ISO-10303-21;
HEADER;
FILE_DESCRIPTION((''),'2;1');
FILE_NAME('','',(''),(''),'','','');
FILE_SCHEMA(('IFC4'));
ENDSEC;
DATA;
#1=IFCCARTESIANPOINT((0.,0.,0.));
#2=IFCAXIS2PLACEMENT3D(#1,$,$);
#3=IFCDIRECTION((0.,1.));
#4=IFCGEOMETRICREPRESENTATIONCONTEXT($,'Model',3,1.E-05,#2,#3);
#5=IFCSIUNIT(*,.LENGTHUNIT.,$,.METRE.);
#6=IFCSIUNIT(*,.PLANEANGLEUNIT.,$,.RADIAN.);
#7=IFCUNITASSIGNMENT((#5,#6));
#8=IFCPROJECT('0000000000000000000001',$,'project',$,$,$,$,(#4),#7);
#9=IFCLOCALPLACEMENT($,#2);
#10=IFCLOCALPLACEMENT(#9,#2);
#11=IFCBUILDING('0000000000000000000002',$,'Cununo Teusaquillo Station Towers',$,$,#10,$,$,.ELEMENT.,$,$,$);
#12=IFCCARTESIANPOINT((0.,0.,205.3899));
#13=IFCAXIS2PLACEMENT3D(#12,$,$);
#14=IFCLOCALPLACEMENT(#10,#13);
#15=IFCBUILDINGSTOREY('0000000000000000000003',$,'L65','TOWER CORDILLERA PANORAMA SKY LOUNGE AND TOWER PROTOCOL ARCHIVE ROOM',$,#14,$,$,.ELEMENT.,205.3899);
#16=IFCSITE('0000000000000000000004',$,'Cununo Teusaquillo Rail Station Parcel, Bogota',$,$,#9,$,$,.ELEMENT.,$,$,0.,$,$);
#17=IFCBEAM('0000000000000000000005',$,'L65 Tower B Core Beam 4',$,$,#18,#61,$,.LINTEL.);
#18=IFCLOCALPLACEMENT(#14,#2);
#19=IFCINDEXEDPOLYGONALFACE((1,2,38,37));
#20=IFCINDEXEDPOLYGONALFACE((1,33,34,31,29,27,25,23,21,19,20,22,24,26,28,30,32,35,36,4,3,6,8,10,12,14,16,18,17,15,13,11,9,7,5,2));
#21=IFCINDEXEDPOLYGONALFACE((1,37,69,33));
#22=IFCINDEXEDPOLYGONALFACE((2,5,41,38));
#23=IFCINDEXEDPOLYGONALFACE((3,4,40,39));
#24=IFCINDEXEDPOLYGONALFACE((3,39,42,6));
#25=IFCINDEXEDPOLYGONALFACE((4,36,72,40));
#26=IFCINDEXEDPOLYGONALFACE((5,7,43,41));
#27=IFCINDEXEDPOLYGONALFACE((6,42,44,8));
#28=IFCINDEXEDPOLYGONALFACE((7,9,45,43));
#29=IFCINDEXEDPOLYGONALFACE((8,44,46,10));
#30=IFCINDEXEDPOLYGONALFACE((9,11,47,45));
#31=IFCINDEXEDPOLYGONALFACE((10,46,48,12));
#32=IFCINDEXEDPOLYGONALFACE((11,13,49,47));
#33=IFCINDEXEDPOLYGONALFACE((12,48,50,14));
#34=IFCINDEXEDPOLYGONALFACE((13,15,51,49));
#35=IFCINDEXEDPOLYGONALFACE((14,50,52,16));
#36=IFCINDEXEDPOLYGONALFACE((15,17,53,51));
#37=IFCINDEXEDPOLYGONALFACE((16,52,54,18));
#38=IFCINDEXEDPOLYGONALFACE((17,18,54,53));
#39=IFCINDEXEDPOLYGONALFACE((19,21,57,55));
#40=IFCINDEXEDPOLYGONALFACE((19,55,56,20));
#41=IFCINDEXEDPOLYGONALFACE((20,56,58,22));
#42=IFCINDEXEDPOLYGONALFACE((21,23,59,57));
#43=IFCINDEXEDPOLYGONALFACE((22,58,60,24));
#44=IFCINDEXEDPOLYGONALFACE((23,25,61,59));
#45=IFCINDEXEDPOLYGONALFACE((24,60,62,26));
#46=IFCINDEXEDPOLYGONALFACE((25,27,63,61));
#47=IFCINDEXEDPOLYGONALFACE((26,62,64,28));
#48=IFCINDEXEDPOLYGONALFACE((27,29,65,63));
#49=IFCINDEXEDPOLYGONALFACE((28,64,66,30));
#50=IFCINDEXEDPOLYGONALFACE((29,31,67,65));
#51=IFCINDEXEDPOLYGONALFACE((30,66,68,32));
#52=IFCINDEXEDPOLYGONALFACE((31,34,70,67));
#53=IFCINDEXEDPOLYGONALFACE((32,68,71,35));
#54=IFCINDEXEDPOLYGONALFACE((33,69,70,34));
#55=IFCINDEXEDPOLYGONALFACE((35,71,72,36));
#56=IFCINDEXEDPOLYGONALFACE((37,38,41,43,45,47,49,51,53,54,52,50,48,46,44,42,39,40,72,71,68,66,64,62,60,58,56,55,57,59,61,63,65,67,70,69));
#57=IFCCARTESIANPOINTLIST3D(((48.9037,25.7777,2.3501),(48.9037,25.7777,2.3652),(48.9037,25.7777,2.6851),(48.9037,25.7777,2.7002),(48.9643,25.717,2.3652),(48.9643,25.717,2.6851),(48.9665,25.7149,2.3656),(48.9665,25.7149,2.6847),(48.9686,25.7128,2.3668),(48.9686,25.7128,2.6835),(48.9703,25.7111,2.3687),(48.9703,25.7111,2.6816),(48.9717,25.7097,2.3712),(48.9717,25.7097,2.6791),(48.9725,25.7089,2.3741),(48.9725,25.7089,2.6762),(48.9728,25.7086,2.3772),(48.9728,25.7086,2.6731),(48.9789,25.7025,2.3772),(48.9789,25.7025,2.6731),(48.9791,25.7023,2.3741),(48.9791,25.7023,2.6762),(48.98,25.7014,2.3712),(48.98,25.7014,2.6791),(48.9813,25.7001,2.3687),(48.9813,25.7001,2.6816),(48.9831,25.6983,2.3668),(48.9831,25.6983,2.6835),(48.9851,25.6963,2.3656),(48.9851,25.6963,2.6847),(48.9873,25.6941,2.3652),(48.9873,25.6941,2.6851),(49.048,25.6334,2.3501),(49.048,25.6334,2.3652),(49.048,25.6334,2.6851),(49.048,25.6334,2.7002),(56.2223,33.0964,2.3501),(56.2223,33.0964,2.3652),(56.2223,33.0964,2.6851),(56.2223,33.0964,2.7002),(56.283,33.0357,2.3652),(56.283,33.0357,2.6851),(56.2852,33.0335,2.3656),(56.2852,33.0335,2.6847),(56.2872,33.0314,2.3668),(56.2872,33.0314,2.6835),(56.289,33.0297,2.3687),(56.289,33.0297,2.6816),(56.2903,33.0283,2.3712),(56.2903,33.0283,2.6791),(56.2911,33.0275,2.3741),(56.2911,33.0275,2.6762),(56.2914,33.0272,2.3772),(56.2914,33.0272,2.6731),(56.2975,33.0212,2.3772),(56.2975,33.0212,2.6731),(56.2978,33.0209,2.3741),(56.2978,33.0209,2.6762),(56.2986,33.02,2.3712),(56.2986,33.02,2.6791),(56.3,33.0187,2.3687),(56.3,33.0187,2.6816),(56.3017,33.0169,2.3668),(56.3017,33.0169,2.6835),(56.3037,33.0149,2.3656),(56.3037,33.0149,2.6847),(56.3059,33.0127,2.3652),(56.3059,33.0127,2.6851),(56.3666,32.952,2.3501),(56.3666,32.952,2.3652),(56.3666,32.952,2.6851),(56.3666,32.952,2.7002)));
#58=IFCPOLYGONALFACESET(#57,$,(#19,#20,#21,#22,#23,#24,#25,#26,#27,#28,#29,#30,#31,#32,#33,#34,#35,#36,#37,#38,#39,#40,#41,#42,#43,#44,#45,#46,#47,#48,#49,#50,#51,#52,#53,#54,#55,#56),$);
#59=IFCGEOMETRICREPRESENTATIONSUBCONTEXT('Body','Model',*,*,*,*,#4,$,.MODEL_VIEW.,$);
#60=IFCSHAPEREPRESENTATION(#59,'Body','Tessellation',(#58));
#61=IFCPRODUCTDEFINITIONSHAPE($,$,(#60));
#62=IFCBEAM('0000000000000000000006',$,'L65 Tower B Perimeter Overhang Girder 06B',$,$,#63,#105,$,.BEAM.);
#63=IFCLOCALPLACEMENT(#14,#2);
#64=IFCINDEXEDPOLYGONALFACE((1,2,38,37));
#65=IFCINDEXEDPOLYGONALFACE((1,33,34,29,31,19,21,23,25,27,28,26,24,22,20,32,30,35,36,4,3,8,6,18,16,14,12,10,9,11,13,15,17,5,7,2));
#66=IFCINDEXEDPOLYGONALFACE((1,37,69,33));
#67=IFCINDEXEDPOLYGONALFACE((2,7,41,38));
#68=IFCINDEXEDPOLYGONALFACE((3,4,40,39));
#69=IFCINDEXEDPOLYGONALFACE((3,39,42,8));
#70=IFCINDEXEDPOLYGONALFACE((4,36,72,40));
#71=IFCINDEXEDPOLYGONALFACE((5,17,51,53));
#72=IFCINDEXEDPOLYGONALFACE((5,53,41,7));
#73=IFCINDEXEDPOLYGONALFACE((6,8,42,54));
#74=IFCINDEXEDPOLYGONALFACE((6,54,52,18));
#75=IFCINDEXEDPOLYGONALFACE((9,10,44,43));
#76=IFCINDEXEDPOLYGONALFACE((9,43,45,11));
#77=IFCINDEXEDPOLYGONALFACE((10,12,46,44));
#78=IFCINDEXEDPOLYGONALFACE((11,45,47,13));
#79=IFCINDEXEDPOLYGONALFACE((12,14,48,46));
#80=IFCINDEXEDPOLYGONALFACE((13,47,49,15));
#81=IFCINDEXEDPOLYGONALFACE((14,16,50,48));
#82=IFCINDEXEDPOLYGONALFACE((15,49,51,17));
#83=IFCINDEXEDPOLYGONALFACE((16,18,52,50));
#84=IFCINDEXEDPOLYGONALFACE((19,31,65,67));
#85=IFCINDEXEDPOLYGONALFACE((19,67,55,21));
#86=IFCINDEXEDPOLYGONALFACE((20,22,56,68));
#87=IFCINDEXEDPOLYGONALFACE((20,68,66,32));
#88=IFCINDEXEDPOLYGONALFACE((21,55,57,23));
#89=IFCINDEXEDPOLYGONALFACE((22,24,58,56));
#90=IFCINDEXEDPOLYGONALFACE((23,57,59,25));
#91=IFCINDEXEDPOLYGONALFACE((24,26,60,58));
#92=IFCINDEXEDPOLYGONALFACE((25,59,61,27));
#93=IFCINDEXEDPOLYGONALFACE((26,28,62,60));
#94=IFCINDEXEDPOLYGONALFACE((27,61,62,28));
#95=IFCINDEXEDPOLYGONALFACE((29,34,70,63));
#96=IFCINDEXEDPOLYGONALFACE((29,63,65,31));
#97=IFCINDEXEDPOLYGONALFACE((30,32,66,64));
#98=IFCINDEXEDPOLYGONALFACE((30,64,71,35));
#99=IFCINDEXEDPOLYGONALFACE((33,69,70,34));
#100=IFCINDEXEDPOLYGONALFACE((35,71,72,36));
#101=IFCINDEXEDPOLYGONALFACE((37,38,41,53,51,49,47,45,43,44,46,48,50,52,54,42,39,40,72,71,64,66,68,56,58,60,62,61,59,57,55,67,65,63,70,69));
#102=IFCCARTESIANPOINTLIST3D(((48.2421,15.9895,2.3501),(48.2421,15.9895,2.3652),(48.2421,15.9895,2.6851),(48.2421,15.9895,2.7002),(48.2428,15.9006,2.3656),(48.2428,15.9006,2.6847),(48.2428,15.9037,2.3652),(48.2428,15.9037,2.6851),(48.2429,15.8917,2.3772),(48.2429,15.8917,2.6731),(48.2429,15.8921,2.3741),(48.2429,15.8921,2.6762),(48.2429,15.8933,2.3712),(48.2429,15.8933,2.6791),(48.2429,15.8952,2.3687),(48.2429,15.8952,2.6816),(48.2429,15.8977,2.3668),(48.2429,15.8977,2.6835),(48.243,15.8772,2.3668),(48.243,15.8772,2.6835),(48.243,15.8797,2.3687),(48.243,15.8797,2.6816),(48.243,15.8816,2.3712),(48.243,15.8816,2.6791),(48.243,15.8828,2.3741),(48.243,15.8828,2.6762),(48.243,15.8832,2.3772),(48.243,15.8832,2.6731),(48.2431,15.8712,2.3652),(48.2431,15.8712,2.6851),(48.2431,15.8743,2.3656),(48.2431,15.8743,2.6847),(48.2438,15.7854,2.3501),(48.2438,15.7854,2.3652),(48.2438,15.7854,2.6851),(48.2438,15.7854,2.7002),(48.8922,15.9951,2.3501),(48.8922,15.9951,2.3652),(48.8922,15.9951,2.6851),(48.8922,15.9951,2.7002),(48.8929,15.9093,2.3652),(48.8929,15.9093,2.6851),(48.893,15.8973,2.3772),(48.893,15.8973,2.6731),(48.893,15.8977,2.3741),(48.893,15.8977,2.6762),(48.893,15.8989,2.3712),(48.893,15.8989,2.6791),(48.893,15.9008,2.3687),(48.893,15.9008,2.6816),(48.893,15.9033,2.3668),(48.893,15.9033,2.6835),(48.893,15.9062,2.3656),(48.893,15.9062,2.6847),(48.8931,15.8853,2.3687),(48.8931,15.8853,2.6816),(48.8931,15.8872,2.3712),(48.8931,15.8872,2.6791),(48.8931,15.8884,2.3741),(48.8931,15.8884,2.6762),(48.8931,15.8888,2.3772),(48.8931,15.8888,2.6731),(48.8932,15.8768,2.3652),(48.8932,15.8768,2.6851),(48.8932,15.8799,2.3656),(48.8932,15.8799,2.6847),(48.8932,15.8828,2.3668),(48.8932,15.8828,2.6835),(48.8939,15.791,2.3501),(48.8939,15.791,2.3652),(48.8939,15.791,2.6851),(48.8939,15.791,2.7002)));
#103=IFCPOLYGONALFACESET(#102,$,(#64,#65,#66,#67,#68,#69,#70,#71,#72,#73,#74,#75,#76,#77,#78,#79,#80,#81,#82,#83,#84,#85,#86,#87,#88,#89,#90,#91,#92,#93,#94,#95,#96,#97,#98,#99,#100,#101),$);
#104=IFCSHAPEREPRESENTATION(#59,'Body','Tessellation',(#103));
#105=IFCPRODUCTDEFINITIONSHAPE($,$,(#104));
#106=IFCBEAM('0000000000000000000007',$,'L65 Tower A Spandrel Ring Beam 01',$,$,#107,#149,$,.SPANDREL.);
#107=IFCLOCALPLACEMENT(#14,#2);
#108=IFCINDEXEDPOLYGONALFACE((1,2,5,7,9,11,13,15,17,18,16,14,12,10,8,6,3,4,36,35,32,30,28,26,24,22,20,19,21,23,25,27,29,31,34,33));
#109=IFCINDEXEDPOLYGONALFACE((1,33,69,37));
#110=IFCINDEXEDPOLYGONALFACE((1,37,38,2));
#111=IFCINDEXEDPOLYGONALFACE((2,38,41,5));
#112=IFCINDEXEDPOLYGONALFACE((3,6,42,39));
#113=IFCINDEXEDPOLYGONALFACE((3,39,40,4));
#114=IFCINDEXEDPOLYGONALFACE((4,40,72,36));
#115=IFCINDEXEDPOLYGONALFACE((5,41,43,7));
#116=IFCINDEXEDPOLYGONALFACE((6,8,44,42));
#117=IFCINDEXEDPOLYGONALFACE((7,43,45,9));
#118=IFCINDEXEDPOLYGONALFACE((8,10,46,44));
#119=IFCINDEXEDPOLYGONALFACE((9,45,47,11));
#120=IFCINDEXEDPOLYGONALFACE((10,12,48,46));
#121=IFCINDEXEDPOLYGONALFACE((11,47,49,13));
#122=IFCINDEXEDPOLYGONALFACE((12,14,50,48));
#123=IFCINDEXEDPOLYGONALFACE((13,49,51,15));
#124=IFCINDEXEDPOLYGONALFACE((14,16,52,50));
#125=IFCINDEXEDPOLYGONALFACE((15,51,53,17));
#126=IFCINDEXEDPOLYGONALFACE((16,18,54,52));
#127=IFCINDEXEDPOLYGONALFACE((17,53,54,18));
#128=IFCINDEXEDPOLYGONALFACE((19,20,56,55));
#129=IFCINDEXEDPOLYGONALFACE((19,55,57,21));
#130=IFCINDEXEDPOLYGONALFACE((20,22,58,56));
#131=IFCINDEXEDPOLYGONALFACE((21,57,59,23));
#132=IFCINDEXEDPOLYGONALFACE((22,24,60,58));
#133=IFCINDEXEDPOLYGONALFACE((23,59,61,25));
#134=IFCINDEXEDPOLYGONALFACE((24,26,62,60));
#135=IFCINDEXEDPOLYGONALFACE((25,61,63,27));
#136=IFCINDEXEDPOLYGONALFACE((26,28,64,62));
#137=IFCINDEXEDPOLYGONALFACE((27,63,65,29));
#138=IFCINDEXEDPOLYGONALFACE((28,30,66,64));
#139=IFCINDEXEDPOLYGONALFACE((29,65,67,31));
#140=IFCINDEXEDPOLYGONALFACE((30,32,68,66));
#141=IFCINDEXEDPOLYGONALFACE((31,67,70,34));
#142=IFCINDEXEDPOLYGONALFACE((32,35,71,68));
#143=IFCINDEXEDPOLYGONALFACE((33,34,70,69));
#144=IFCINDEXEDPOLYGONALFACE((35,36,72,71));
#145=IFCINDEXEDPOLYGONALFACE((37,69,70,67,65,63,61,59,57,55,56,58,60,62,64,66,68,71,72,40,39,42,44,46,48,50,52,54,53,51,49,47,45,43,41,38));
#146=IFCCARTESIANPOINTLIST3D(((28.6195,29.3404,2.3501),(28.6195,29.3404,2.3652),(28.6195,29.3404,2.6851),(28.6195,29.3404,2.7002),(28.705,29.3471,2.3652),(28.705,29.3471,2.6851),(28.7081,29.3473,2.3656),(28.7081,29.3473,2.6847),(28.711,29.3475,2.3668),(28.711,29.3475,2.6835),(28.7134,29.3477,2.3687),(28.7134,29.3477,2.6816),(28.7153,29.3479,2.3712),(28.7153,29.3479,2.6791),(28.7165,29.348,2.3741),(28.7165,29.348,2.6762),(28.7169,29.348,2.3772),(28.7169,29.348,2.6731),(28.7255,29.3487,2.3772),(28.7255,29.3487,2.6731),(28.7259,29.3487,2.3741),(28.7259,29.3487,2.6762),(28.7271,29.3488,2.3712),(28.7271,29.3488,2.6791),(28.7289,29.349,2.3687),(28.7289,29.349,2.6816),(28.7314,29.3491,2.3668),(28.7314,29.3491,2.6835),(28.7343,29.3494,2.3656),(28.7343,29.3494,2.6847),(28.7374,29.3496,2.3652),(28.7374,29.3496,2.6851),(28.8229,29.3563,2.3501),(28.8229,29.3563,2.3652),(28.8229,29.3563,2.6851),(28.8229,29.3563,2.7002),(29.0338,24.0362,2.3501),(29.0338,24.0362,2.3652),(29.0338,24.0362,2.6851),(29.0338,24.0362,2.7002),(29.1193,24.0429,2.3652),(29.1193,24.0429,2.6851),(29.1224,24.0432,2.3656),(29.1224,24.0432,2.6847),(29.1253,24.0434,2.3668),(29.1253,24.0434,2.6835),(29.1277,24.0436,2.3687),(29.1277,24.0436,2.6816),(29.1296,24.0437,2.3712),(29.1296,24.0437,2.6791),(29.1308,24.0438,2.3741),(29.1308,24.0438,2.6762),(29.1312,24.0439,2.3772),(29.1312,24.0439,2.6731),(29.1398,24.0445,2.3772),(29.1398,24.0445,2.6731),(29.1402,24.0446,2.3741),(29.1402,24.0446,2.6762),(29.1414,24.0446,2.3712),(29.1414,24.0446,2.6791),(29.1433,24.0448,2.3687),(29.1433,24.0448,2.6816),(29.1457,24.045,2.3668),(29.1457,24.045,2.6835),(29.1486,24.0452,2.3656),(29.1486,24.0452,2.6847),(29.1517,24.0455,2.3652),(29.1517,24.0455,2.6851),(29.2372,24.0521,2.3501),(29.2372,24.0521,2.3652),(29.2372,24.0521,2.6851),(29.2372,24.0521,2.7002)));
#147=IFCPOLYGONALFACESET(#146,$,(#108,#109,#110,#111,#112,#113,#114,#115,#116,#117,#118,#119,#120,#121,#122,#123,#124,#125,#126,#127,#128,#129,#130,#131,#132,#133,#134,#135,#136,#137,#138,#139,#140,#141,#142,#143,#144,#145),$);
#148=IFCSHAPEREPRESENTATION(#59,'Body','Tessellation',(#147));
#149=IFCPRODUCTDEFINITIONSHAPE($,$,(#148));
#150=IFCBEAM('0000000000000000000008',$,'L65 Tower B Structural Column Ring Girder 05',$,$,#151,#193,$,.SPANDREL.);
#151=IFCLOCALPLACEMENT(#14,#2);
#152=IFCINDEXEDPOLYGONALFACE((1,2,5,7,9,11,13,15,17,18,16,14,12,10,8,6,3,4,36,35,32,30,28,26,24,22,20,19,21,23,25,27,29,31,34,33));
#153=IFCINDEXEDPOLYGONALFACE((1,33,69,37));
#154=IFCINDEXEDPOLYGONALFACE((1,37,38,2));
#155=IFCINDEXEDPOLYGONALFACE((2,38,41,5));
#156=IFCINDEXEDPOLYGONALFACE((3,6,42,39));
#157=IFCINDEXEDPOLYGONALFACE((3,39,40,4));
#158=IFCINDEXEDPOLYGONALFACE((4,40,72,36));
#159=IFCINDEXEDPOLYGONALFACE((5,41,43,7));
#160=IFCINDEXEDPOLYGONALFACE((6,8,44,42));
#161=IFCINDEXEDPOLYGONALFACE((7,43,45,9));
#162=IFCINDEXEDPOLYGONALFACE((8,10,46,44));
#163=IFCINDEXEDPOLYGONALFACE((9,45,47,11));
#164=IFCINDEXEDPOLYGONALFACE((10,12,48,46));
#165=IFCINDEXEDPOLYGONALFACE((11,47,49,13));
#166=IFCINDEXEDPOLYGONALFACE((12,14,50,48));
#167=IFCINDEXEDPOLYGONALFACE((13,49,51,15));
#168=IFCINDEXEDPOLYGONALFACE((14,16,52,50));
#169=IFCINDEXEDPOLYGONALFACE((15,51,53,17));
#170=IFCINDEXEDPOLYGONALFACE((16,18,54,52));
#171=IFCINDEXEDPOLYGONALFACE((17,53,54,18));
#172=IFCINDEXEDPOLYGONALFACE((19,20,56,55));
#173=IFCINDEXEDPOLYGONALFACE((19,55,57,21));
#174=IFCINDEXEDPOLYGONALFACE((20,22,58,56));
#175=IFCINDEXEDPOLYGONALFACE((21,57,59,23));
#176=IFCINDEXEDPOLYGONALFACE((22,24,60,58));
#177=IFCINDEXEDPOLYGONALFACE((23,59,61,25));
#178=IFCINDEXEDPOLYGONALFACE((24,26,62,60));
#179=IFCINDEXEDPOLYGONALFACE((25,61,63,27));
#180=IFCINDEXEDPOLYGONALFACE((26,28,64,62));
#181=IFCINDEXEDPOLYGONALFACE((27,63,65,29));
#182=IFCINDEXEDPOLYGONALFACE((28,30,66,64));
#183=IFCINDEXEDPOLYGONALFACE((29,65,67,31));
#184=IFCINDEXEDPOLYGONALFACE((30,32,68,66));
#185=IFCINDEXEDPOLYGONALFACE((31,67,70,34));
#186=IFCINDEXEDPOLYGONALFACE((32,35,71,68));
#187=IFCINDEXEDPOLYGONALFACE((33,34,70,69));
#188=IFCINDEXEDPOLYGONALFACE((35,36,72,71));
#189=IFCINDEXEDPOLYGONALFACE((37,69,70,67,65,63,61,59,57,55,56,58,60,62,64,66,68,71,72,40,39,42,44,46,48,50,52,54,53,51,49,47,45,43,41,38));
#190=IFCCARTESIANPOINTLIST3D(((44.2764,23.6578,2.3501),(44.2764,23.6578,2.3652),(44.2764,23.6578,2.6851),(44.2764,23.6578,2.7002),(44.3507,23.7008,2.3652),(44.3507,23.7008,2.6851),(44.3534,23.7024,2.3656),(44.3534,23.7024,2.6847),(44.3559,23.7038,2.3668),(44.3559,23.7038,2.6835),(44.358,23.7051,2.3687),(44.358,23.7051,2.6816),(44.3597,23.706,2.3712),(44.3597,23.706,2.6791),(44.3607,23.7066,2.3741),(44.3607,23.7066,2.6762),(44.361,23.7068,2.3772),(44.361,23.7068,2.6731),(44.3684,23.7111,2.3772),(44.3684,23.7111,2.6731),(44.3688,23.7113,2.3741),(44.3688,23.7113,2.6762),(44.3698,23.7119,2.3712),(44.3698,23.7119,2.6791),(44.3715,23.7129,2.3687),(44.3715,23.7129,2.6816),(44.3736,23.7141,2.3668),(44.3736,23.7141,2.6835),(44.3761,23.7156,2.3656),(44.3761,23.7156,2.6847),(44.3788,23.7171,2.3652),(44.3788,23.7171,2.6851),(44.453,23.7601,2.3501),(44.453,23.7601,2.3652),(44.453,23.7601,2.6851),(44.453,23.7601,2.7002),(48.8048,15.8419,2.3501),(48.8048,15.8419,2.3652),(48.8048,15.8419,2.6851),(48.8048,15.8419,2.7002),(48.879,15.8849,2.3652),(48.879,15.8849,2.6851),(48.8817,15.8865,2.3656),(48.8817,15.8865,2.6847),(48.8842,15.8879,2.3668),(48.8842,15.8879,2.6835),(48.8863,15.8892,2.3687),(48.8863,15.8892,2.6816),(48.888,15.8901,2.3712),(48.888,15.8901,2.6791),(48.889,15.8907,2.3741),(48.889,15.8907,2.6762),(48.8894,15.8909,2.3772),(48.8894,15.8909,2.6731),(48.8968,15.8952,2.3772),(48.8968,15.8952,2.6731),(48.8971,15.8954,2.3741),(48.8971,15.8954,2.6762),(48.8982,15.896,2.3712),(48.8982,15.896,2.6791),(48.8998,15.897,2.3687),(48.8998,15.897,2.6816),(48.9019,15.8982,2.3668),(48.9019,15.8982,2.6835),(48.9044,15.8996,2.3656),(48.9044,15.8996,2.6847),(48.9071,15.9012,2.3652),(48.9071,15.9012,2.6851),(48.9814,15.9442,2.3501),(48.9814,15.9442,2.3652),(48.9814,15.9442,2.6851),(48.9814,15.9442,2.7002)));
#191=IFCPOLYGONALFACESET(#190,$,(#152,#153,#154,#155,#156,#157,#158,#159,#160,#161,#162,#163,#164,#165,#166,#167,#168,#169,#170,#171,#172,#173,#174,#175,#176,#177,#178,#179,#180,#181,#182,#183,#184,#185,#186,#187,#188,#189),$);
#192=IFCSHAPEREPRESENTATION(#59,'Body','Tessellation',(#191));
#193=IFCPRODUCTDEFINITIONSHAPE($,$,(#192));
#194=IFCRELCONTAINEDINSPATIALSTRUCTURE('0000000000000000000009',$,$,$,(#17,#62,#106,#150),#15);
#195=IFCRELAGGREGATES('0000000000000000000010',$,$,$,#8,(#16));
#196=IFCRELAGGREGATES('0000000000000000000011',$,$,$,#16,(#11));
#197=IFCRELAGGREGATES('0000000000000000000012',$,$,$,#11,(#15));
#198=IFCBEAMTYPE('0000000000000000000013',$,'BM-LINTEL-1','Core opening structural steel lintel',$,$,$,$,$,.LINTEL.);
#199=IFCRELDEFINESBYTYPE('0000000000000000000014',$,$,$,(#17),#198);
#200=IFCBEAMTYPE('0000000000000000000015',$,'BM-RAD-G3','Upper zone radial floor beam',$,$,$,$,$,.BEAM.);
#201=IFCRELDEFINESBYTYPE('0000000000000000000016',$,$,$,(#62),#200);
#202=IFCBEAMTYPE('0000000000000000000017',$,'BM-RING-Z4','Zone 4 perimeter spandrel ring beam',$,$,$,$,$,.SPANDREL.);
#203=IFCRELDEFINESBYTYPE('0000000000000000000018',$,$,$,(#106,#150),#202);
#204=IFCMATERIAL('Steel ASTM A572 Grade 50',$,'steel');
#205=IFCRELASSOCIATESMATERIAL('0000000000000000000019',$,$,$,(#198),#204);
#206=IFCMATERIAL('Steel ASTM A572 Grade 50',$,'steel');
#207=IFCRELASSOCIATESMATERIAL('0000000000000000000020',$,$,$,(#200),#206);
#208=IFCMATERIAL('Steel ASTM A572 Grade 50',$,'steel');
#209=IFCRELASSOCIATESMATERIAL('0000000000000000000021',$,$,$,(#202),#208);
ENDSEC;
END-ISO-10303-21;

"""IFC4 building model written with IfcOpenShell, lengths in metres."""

from ifc_helpers import new_model, si_unit, direction, frame, origin, origin_2d, place, context, subcontext, project, spatial, i_section, extrude, material, material_profile, profile_set, type_object, element, save


model = new_model("IFC4")

# Units and contexts
model_context = context("Model", 3, precision=1e-05, world=origin(), true_north=direction((0.0, 1.0)))
body_context = subcontext(model_context, "Body", "Model", "MODEL_VIEW")
ifc_project = project(units=[si_unit("LENGTHUNIT", "METRE"), si_unit("PLANEANGLEUNIT", "RADIAN")], contexts=[model_context])

# Site, building, storey
site_placement = place(None, origin())
site = spatial("IfcSite", under=ifc_project, at=site_placement, Name="Cununo Teusaquillo Rail Station Parcel, Bogota", CompositionType="ELEMENT", RefElevation=0.0)
building_placement = place(site_placement, origin())
building = spatial("IfcBuilding", under=site, at=building_placement, Name="Cununo Teusaquillo Station Towers", CompositionType="ELEMENT")
storey_placement = place(building_placement, frame((0.0, 0.0, 205.3899)))
storey = spatial("IfcBuildingStorey", under=building, at=storey_placement, Name="L65", Description="TOWER CORDILLERA PANORAMA SKY LOUNGE AND TOWER PROTOCOL ARCHIVE ROOM", CompositionType="ELEMENT", Elevation=205.3899)

# Beams
ifc_material_1 = material(Name="Steel ASTM A572 Grade 50", Category="steel")
ifc_material_profile_1 = material_profile(ifc_material_1, i_section(OverallWidth=0.2041, OverallDepth=0.3501, WebThickness=0.0085, FlangeThickness=0.0151, FilletRadius=0.012, at=origin_2d()), Name="W14X48")
ifc_profile_set_1 = profile_set([ifc_material_profile_1], Name="Steel ASTM A572 Grade 50")
beam_type_1 = type_object("IfcBeamType", Name="BM-LINTEL-1", Description="Core opening structural steel lintel", PredefinedType="LINTEL", material=ifc_profile_set_1)
beam_1_placement = place(storey_placement, frame((48.9758, 25.7056, 2.5251), z_axis=(0.707107, 0.707107, 0.0), x_axis=(-0.707107, 0.707107, 0.0)))
element("IfcBeam", 1, at=beam_1_placement, inside=storey, type_object=beam_type_1, Name="L65 Tower B Core Beam 4", PredefinedType="LINTEL", context=body_context, shape_type="SweptSolid", body=[
    extrude(i_section(OverallWidth=0.2041, OverallDepth=0.3501, WebThickness=0.0085, FlangeThickness=0.0151, FilletRadius=0.012, at=origin_2d()), origin(), (0.0, 0.0, 1.0), 10.3501),
])
ifc_material_2 = material(Name="Steel ASTM A572 Grade 50", Category="steel")
ifc_material_profile_2 = material_profile(ifc_material_2, i_section(OverallWidth=0.2041, OverallDepth=0.3501, WebThickness=0.0085, FlangeThickness=0.0151, FilletRadius=0.012, at=origin_2d()), Name="W14X48")
ifc_profile_set_2 = profile_set([ifc_material_profile_2], Name="Steel ASTM A572 Grade 50")
beam_type_2 = type_object("IfcBeamType", Name="BM-RAD-G3", Description="Upper zone radial floor beam", PredefinedType="BEAM", material=ifc_profile_set_2)
beam_2_placement = place(storey_placement, frame((48.8931, 15.8931, 2.5251), z_axis=(-0.999963, -0.008637, 0.0), x_axis=(0.008637, -0.999963, 0.0)))
element("IfcBeam", 2, at=beam_2_placement, inside=storey, type_object=beam_type_2, Name="L65 Tower B Perimeter Overhang Girder 06B", PredefinedType="BEAM", context=body_context, shape_type="SweptSolid", body=[
    extrude(i_section(OverallWidth=0.2041, OverallDepth=0.3501, WebThickness=0.0085, FlangeThickness=0.0151, FilletRadius=0.012, at=origin_2d()), origin(), (0.0, 0.0, 1.0), 0.6501),
])
ifc_material_3 = material(Name="Steel ASTM A572 Grade 50", Category="steel")
ifc_material_profile_3 = material_profile(ifc_material_3, i_section(OverallWidth=0.2041, OverallDepth=0.3501, WebThickness=0.0085, FlangeThickness=0.0151, FilletRadius=0.012, at=origin_2d()), Name="W14X48")
ifc_profile_set_3 = profile_set([ifc_material_profile_3], Name="Steel ASTM A572 Grade 50")
beam_type_3 = type_object("IfcBeamType", Name="BM-RING-Z4", Description="Zone 4 perimeter spandrel ring beam", PredefinedType="SPANDREL", material=ifc_profile_set_3)
beam_3_placement = place(storey_placement, frame((29.1355, 24.0442, 2.5251), z_axis=(-0.077872, 0.996963, 0.0), x_axis=(-0.996963, -0.077872, 0.0)))
element("IfcBeam", 3, at=beam_3_placement, inside=storey, type_object=beam_type_3, Name="L65 Tower A Spandrel Ring Beam 01", PredefinedType="SPANDREL", context=body_context, shape_type="SweptSolid", body=[
    extrude(i_section(OverallWidth=0.2041, OverallDepth=0.3501, WebThickness=0.0085, FlangeThickness=0.0151, FilletRadius=0.012, at=origin_2d()), origin(), (0.0, 0.0, 1.0), 5.3203),
])
for number, where, z_axis, x_axis, name in (
    (4, (44.3647, 23.709, 2.5251), (0.501311, -0.865267, 0.0), (0.865267, 0.501311, 0.0), "L65 Tower B Structural Column Ring Girder 05"),
):
    element("IfcBeam", number, at=place(storey_placement, frame(where, z_axis=z_axis, x_axis=x_axis)), inside=storey, type_object=beam_type_3, Name=name, PredefinedType="SPANDREL", context=body_context, shape_type="SweptSolid", body=[
        extrude(i_section(OverallWidth=0.2041, OverallDepth=0.3501, WebThickness=0.0085, FlangeThickness=0.0151, FilletRadius=0.012, at=origin_2d()), origin(), (0.0, 0.0, 1.0), 9.033),
    ])

save(model, "model.ifc")
